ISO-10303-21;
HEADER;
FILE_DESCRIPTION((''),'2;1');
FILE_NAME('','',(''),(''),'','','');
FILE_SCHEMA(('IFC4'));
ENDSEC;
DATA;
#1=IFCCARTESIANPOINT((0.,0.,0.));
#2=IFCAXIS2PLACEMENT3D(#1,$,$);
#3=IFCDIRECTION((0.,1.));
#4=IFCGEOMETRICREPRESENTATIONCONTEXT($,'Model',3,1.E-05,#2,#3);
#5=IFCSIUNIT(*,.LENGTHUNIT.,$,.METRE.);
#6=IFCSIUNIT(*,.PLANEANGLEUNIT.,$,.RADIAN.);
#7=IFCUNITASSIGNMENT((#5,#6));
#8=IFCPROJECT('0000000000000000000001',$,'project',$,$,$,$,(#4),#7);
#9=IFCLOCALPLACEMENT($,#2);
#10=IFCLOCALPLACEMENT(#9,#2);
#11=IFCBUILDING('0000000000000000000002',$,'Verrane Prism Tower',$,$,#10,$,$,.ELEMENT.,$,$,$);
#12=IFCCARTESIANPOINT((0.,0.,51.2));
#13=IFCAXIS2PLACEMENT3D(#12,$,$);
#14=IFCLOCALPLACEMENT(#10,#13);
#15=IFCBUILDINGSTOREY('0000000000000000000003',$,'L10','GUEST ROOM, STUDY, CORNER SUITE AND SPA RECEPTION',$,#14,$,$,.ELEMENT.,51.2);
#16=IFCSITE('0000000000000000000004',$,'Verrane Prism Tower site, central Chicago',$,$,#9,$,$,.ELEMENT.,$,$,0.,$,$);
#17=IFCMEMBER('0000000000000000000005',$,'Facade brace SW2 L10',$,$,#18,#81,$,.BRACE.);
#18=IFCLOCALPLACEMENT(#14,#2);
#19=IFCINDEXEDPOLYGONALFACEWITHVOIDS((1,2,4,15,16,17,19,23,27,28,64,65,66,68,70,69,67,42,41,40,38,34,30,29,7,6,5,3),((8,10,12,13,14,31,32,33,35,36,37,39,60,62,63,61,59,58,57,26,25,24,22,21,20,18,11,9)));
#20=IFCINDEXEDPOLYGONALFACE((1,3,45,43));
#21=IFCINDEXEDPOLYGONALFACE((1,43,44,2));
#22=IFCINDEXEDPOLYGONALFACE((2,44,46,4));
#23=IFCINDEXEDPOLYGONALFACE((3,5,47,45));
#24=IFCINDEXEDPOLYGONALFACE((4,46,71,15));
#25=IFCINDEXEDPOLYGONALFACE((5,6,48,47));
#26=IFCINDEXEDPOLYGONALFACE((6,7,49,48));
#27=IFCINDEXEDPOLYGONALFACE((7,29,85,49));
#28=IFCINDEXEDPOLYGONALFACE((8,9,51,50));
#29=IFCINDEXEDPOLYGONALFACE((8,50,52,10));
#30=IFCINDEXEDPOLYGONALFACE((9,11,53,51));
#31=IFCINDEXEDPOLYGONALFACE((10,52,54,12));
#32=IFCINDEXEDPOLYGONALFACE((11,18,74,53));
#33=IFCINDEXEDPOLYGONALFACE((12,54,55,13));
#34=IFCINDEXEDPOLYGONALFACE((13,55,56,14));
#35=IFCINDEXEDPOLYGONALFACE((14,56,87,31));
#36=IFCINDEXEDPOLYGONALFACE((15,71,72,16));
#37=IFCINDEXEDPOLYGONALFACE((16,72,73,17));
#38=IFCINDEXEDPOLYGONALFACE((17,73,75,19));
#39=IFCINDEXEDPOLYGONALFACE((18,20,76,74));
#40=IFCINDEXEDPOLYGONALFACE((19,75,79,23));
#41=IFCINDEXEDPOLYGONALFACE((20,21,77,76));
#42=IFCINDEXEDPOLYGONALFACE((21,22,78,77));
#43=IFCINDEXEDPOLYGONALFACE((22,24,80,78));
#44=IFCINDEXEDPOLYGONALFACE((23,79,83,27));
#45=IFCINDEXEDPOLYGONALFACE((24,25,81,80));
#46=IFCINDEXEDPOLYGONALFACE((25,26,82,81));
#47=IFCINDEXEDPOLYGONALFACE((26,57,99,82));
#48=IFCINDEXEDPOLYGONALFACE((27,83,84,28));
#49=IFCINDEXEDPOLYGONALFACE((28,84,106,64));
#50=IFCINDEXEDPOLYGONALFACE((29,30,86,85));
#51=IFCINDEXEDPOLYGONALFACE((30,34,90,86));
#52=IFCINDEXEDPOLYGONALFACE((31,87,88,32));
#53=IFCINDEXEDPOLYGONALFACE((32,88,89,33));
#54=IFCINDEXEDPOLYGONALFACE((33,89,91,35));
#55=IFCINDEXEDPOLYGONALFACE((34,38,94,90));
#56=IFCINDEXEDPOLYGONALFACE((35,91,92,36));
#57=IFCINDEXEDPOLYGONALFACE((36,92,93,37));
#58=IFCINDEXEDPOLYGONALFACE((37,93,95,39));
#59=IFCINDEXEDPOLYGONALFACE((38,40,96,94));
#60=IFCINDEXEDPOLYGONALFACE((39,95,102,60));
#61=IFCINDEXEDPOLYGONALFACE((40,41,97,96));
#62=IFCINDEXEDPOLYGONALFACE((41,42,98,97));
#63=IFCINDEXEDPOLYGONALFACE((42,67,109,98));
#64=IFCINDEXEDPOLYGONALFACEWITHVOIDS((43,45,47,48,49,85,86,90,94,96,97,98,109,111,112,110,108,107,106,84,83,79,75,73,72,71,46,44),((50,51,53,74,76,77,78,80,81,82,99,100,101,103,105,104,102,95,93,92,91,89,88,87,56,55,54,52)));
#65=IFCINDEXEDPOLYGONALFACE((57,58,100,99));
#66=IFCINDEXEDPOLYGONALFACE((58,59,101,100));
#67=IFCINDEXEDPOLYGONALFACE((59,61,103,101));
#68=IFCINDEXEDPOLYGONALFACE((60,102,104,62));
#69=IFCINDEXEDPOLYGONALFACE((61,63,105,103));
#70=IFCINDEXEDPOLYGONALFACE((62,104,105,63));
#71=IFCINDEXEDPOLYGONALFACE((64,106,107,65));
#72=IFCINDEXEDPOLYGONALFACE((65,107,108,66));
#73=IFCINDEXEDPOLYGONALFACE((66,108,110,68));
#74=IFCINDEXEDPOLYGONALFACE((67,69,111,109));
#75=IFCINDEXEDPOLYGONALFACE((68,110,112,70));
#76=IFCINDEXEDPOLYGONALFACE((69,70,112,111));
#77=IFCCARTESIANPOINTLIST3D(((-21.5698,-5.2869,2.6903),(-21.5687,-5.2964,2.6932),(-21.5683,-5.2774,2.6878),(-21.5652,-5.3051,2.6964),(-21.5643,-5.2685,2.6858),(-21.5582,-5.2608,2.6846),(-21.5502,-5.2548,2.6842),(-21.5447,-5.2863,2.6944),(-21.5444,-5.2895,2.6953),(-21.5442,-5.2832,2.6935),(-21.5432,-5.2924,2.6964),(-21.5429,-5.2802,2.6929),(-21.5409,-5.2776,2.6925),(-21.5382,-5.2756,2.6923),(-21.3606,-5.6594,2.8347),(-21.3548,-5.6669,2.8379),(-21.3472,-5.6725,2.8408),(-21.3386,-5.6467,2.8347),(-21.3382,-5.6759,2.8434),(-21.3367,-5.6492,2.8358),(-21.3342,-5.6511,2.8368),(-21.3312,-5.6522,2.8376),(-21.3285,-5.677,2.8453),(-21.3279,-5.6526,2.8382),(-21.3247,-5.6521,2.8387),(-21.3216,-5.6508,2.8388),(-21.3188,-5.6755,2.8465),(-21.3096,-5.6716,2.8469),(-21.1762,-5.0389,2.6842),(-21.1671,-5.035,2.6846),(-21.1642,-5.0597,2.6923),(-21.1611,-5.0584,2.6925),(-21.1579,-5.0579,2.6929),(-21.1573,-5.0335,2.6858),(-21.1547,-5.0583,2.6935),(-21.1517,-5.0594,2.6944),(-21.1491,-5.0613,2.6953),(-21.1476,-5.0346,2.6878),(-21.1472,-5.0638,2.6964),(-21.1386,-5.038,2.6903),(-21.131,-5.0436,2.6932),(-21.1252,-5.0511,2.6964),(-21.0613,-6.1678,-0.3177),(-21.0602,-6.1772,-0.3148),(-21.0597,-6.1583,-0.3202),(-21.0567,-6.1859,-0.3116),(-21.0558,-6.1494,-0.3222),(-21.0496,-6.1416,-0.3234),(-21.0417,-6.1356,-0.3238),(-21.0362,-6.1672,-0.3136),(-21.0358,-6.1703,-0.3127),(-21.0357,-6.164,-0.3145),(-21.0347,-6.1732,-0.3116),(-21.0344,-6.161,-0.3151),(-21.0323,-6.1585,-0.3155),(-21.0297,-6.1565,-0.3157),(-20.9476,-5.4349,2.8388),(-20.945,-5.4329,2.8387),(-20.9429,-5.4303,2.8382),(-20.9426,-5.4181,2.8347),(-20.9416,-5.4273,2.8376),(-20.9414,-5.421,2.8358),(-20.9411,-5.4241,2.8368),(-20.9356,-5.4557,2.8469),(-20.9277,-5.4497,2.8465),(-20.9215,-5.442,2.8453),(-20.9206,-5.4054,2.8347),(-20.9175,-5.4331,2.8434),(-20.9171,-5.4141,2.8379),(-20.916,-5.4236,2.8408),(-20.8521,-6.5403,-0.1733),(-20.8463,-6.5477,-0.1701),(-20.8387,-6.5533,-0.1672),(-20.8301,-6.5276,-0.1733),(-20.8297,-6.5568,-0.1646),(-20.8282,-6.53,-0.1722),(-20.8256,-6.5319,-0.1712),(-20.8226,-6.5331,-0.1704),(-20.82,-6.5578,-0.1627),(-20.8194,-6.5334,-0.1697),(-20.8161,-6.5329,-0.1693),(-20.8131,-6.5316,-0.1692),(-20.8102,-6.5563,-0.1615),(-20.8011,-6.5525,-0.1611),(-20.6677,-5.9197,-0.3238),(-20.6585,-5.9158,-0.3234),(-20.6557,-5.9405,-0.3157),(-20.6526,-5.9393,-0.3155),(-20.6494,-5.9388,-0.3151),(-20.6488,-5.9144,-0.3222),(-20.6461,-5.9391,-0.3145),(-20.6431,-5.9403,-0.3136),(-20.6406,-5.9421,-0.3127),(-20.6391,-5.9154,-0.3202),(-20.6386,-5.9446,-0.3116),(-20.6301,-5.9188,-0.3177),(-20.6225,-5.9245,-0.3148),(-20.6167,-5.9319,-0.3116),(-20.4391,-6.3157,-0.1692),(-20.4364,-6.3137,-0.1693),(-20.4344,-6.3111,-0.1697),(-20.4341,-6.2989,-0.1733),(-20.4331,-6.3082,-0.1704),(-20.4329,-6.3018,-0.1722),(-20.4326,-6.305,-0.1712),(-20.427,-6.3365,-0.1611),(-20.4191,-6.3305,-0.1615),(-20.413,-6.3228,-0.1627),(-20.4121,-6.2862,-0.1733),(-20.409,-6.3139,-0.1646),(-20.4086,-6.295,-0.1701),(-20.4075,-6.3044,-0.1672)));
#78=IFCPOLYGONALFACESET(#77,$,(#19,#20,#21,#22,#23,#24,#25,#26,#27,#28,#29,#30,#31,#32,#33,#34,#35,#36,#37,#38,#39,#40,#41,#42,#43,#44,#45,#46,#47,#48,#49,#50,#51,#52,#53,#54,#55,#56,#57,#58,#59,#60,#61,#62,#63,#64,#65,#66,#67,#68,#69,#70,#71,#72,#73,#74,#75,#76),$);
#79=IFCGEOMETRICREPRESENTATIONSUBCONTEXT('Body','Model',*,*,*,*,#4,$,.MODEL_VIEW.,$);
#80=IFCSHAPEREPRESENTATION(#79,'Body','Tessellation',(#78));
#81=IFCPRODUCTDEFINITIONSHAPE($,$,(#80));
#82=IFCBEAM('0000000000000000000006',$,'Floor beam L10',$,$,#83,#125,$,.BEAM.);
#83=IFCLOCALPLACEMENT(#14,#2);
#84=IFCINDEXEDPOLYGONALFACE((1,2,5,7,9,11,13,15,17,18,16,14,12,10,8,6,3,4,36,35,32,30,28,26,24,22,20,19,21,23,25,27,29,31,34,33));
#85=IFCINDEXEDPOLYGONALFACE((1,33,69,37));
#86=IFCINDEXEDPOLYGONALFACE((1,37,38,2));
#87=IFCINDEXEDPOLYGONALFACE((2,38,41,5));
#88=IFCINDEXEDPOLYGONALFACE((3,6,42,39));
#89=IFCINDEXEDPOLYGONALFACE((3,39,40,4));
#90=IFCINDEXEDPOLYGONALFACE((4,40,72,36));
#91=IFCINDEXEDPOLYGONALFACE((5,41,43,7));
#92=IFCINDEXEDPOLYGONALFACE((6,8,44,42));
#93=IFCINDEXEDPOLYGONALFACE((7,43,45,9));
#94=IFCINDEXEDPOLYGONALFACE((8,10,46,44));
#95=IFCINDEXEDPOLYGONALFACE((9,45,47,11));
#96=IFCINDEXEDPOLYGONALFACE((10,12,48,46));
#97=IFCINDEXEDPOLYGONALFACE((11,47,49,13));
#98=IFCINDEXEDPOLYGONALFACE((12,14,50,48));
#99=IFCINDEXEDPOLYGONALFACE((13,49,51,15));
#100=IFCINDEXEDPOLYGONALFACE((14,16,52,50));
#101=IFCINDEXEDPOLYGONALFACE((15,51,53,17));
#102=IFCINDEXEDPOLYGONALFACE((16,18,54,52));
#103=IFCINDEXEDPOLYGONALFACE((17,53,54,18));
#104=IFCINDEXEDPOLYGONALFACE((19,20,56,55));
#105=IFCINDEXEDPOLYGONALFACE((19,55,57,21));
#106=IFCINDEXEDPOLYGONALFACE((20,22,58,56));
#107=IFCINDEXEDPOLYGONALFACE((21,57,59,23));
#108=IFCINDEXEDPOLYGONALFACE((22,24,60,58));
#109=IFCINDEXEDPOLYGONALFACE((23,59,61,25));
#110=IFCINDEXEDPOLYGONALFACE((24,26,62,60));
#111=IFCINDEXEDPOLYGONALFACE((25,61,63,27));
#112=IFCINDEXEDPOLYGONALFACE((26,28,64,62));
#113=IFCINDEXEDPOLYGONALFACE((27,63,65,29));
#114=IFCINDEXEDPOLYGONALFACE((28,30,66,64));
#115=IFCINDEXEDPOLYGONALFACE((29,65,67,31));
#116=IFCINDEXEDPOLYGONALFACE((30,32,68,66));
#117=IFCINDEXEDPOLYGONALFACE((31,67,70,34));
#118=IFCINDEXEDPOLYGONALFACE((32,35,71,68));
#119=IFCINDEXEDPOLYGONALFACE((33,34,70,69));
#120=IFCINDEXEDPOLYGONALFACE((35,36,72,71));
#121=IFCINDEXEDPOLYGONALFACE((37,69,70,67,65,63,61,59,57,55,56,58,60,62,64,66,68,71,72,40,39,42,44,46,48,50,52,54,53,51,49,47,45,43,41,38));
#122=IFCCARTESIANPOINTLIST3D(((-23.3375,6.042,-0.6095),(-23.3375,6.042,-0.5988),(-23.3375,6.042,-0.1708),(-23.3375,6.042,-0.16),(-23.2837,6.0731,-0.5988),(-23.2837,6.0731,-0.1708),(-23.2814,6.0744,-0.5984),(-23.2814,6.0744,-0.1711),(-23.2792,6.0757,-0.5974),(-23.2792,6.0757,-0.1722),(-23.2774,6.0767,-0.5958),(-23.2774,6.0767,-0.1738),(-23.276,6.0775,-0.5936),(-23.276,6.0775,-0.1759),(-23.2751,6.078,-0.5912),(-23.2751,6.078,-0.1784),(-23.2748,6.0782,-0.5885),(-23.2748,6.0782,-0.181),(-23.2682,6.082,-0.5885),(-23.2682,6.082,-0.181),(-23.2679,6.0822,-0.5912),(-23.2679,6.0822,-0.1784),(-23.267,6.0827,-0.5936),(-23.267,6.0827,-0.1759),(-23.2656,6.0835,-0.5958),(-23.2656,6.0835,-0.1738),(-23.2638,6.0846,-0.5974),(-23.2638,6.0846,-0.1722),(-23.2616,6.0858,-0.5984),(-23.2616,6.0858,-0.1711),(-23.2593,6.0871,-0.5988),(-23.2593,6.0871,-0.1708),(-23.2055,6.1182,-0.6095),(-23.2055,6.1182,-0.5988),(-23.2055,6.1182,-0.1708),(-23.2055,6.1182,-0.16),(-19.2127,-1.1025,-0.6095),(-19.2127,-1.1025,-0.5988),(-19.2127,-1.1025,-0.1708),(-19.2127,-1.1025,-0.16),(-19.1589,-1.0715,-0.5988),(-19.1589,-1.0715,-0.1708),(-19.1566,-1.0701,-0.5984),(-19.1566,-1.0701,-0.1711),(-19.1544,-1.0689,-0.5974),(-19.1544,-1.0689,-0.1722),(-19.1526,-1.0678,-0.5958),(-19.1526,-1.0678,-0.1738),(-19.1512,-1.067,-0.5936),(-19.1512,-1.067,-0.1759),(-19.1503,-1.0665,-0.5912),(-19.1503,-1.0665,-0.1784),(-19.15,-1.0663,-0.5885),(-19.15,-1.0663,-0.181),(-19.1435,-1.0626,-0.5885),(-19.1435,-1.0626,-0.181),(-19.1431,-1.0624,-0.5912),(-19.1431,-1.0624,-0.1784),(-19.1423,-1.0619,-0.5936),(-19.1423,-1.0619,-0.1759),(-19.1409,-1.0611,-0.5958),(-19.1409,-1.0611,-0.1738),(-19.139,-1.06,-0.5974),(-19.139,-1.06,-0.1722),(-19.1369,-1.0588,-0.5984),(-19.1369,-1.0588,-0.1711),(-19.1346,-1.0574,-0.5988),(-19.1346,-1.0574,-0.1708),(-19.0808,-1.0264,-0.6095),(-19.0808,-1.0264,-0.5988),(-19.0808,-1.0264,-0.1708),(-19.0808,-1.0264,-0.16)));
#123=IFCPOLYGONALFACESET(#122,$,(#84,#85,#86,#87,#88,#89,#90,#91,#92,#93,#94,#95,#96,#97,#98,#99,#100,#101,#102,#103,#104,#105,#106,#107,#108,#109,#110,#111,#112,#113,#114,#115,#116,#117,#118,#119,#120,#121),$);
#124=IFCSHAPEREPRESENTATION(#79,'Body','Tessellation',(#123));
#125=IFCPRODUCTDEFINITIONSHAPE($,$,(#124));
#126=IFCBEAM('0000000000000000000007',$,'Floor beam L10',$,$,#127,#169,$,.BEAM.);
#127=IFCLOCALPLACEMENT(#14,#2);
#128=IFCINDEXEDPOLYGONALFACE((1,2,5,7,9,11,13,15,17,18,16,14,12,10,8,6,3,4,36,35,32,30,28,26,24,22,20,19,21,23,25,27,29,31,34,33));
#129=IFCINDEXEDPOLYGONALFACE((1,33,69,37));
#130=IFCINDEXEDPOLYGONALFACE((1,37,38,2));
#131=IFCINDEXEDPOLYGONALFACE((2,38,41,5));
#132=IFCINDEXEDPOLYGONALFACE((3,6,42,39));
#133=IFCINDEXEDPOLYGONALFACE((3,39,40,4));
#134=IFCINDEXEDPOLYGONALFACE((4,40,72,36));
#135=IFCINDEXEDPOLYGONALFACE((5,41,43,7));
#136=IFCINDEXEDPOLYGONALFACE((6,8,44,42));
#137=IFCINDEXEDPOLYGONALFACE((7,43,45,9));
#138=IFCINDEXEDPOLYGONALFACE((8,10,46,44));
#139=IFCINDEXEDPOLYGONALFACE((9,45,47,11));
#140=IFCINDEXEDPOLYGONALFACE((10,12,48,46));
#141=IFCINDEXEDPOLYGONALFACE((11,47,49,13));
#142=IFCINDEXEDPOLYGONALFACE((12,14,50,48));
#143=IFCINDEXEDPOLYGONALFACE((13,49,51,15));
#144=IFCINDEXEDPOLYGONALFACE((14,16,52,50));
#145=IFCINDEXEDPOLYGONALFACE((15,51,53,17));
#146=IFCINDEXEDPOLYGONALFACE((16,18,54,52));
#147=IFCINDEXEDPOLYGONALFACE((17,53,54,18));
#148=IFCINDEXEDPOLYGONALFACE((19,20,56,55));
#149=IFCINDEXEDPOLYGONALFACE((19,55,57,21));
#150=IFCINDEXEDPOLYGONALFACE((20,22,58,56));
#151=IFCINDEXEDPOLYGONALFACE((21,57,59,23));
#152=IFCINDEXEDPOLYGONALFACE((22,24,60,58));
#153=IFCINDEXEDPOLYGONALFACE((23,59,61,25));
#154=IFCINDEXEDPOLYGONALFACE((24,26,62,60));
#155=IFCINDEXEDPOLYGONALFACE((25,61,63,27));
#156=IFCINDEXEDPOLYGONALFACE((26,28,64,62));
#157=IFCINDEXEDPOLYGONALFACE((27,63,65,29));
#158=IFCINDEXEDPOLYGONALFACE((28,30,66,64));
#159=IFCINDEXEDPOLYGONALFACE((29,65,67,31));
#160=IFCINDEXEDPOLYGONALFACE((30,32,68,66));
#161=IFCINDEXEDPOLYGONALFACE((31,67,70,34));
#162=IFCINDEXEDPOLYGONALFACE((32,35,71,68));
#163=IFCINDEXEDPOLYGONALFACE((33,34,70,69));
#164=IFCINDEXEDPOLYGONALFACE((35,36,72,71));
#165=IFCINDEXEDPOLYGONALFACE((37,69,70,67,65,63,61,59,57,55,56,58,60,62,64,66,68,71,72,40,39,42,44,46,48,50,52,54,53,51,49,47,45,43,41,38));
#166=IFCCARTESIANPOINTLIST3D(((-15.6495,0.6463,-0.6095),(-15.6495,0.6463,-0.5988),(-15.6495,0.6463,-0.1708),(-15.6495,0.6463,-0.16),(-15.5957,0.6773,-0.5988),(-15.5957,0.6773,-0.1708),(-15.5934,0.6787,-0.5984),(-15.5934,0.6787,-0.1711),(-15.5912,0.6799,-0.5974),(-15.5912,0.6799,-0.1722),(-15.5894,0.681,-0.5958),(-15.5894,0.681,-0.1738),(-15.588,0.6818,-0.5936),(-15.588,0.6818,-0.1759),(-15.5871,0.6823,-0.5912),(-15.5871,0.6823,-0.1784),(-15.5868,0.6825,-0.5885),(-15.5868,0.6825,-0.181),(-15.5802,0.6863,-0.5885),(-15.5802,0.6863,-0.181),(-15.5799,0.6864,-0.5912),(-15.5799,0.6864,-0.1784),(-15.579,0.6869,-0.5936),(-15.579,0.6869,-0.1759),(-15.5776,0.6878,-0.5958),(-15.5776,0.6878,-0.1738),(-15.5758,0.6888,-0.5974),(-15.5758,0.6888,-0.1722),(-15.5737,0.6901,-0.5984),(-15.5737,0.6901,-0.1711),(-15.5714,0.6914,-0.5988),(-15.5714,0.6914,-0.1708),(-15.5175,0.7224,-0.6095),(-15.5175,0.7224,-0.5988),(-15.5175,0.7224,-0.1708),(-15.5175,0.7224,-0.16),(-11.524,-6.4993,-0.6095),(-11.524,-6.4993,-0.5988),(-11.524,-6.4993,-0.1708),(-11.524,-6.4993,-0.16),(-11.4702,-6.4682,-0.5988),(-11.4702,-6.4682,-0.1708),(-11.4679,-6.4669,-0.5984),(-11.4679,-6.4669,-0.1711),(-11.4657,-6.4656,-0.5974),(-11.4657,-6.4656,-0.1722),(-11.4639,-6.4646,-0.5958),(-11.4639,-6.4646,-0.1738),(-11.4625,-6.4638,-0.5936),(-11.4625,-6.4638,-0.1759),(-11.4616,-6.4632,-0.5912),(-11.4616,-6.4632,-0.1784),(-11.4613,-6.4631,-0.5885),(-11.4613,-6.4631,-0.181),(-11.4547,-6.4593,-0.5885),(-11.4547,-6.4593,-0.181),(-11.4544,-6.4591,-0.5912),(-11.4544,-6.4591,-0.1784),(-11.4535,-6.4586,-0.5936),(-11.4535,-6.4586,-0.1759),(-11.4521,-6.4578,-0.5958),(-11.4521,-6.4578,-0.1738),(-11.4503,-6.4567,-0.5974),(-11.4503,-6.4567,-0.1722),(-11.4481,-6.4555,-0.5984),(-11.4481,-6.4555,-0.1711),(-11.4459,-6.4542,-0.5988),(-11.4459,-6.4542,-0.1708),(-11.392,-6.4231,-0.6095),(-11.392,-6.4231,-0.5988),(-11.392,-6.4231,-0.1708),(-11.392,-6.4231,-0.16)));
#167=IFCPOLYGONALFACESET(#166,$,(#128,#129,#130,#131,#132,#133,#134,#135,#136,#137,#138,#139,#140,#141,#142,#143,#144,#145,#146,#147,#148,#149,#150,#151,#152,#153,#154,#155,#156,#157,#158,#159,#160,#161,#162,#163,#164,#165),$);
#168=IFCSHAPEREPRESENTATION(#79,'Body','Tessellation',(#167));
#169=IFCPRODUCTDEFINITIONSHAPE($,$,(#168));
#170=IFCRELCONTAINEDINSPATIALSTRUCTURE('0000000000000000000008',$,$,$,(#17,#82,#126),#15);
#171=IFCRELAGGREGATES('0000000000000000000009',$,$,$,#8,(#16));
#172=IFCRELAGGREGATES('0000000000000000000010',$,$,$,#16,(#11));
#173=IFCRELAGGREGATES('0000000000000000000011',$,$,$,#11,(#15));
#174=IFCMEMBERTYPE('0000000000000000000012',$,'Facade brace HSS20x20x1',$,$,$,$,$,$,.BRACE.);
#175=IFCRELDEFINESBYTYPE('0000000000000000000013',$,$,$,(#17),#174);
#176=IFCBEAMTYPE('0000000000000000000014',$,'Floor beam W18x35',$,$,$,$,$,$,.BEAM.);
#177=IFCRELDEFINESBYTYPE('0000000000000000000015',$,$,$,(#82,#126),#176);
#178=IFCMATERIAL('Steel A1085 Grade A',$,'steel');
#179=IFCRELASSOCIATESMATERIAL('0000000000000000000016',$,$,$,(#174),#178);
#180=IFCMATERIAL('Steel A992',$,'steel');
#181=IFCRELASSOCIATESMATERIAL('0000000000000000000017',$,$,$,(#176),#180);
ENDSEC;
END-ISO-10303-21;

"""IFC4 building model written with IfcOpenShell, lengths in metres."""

from ifc_helpers import new_model, si_unit, direction, frame, origin, origin_2d, place, context, subcontext, project, spatial, hollow_rectangle, i_section, extrude, material, material_profile, profile_set, type_object, element, save


model = new_model("IFC4")

# Units and contexts
model_context = context("Model", 3, precision=1e-05, world=origin(), true_north=direction((0.0, 1.0)))
body_context = subcontext(model_context, "Body", "Model", "MODEL_VIEW")
ifc_project = project(units=[si_unit("LENGTHUNIT", "METRE"), si_unit("PLANEANGLEUNIT", "RADIAN")], contexts=[model_context])

# Site, building, storey
site_placement = place(None, origin())
site = spatial("IfcSite", under=ifc_project, at=site_placement, Name="Verrane Prism Tower site, central Chicago", CompositionType="ELEMENT", RefElevation=0.0)
building_placement = place(site_placement, origin())
building = spatial("IfcBuilding", under=site, at=building_placement, Name="Verrane Prism Tower", CompositionType="ELEMENT")
storey_placement = place(building_placement, frame((0.0, 0.0, 51.2)))
storey = spatial("IfcBuildingStorey", under=building, at=storey_placement, Name="L10", Description="GUEST ROOM, STUDY, CORNER SUITE AND SPA RECEPTION", CompositionType="ELEMENT", Elevation=51.2)

# Member
ifc_material_1 = material(Name="Steel A1085 Grade A", Category="steel")
ifc_material_profile_1 = material_profile(ifc_material_1, hollow_rectangle(XDim=0.5081, YDim=0.5081, WallThickness=0.0254, InnerFilletRadius=0.0127, OuterFilletRadius=0.0381, at=origin_2d()), Name="HSS20x20x1")
ifc_profile_set_1 = profile_set([ifc_material_profile_1], Name="Steel A1085 Grade A")
member_type_1 = type_object("IfcMemberType", Name="Facade brace HSS20x20x1", PredefinedType="BRACE", material=ifc_profile_set_1)
for number, where, z_axis, x_axis, name in (
    (1, (-20.7344, -6.2361, -0.2424), (-0.160153, 0.277404, 0.947311), (-0.866034, -0.499986, 0.0), "Facade brace SW2 L10"),
):
    element("IfcMember", number, at=place(storey_placement, frame(where, z_axis=z_axis, x_axis=x_axis)), inside=storey, type_object=member_type_1, Name=name, PredefinedType="BRACE", context=body_context, shape_type="SweptSolid", body=[
        extrude(hollow_rectangle(XDim=0.5081, YDim=0.5081, WallThickness=0.0254, InnerFilletRadius=0.0127, OuterFilletRadius=0.0381, at=origin_2d()), origin(), (0.0, 0.0, 1.0), 3.1753),
    ])

# Beams
ifc_material_2 = material(Name="Steel A992", Category="steel")
ifc_material_profile_2 = material_profile(ifc_material_2, i_section(OverallWidth=0.1523, OverallDepth=0.4495, WebThickness=0.0076, FlangeThickness=0.0107, FilletRadius=0.0103, at=origin_2d()), Name="W18x35")
ifc_profile_set_2 = profile_set([ifc_material_profile_2], Name="Steel A992")
beam_type_1 = type_object("IfcBeamType", Name="Floor beam W18x35", PredefinedType="BEAM", material=ifc_profile_set_2)
beam_1_placement = place(storey_placement, frame((-19.1467, -1.0645, -0.3848), z_axis=(-0.499987, 0.866033, 0.0), x_axis=(-0.866033, -0.499987, 0.0)))
element("IfcBeam", 2, at=beam_1_placement, inside=storey, type_object=beam_type_1, Name="Floor beam L10", PredefinedType="BEAM", context=body_context, shape_type="SweptSolid", body=[
    extrude(i_section(OverallWidth=0.1523, OverallDepth=0.4495, WebThickness=0.0076, FlangeThickness=0.0107, FilletRadius=0.0103, at=origin_2d()), origin(), (0.0, 0.0, 1.0), 8.2498),
])
beam_2_placement = place(storey_placement, frame((-11.458, -6.4612, -0.3848), z_axis=(-0.500002, 0.866024, 0.0), x_axis=(-0.866024, -0.500002, 0.0)))
element("IfcBeam", 3, at=beam_2_placement, inside=storey, type_object=beam_type_1, Name="Floor beam L10", PredefinedType="BEAM", context=body_context, shape_type="SweptSolid", body=[
    extrude(i_section(OverallWidth=0.1523, OverallDepth=0.4495, WebThickness=0.0076, FlangeThickness=0.0107, FilletRadius=0.0103, at=origin_2d()), origin(), (0.0, 0.0, 1.0), 8.251),
])

save(model, "model.ifc")
